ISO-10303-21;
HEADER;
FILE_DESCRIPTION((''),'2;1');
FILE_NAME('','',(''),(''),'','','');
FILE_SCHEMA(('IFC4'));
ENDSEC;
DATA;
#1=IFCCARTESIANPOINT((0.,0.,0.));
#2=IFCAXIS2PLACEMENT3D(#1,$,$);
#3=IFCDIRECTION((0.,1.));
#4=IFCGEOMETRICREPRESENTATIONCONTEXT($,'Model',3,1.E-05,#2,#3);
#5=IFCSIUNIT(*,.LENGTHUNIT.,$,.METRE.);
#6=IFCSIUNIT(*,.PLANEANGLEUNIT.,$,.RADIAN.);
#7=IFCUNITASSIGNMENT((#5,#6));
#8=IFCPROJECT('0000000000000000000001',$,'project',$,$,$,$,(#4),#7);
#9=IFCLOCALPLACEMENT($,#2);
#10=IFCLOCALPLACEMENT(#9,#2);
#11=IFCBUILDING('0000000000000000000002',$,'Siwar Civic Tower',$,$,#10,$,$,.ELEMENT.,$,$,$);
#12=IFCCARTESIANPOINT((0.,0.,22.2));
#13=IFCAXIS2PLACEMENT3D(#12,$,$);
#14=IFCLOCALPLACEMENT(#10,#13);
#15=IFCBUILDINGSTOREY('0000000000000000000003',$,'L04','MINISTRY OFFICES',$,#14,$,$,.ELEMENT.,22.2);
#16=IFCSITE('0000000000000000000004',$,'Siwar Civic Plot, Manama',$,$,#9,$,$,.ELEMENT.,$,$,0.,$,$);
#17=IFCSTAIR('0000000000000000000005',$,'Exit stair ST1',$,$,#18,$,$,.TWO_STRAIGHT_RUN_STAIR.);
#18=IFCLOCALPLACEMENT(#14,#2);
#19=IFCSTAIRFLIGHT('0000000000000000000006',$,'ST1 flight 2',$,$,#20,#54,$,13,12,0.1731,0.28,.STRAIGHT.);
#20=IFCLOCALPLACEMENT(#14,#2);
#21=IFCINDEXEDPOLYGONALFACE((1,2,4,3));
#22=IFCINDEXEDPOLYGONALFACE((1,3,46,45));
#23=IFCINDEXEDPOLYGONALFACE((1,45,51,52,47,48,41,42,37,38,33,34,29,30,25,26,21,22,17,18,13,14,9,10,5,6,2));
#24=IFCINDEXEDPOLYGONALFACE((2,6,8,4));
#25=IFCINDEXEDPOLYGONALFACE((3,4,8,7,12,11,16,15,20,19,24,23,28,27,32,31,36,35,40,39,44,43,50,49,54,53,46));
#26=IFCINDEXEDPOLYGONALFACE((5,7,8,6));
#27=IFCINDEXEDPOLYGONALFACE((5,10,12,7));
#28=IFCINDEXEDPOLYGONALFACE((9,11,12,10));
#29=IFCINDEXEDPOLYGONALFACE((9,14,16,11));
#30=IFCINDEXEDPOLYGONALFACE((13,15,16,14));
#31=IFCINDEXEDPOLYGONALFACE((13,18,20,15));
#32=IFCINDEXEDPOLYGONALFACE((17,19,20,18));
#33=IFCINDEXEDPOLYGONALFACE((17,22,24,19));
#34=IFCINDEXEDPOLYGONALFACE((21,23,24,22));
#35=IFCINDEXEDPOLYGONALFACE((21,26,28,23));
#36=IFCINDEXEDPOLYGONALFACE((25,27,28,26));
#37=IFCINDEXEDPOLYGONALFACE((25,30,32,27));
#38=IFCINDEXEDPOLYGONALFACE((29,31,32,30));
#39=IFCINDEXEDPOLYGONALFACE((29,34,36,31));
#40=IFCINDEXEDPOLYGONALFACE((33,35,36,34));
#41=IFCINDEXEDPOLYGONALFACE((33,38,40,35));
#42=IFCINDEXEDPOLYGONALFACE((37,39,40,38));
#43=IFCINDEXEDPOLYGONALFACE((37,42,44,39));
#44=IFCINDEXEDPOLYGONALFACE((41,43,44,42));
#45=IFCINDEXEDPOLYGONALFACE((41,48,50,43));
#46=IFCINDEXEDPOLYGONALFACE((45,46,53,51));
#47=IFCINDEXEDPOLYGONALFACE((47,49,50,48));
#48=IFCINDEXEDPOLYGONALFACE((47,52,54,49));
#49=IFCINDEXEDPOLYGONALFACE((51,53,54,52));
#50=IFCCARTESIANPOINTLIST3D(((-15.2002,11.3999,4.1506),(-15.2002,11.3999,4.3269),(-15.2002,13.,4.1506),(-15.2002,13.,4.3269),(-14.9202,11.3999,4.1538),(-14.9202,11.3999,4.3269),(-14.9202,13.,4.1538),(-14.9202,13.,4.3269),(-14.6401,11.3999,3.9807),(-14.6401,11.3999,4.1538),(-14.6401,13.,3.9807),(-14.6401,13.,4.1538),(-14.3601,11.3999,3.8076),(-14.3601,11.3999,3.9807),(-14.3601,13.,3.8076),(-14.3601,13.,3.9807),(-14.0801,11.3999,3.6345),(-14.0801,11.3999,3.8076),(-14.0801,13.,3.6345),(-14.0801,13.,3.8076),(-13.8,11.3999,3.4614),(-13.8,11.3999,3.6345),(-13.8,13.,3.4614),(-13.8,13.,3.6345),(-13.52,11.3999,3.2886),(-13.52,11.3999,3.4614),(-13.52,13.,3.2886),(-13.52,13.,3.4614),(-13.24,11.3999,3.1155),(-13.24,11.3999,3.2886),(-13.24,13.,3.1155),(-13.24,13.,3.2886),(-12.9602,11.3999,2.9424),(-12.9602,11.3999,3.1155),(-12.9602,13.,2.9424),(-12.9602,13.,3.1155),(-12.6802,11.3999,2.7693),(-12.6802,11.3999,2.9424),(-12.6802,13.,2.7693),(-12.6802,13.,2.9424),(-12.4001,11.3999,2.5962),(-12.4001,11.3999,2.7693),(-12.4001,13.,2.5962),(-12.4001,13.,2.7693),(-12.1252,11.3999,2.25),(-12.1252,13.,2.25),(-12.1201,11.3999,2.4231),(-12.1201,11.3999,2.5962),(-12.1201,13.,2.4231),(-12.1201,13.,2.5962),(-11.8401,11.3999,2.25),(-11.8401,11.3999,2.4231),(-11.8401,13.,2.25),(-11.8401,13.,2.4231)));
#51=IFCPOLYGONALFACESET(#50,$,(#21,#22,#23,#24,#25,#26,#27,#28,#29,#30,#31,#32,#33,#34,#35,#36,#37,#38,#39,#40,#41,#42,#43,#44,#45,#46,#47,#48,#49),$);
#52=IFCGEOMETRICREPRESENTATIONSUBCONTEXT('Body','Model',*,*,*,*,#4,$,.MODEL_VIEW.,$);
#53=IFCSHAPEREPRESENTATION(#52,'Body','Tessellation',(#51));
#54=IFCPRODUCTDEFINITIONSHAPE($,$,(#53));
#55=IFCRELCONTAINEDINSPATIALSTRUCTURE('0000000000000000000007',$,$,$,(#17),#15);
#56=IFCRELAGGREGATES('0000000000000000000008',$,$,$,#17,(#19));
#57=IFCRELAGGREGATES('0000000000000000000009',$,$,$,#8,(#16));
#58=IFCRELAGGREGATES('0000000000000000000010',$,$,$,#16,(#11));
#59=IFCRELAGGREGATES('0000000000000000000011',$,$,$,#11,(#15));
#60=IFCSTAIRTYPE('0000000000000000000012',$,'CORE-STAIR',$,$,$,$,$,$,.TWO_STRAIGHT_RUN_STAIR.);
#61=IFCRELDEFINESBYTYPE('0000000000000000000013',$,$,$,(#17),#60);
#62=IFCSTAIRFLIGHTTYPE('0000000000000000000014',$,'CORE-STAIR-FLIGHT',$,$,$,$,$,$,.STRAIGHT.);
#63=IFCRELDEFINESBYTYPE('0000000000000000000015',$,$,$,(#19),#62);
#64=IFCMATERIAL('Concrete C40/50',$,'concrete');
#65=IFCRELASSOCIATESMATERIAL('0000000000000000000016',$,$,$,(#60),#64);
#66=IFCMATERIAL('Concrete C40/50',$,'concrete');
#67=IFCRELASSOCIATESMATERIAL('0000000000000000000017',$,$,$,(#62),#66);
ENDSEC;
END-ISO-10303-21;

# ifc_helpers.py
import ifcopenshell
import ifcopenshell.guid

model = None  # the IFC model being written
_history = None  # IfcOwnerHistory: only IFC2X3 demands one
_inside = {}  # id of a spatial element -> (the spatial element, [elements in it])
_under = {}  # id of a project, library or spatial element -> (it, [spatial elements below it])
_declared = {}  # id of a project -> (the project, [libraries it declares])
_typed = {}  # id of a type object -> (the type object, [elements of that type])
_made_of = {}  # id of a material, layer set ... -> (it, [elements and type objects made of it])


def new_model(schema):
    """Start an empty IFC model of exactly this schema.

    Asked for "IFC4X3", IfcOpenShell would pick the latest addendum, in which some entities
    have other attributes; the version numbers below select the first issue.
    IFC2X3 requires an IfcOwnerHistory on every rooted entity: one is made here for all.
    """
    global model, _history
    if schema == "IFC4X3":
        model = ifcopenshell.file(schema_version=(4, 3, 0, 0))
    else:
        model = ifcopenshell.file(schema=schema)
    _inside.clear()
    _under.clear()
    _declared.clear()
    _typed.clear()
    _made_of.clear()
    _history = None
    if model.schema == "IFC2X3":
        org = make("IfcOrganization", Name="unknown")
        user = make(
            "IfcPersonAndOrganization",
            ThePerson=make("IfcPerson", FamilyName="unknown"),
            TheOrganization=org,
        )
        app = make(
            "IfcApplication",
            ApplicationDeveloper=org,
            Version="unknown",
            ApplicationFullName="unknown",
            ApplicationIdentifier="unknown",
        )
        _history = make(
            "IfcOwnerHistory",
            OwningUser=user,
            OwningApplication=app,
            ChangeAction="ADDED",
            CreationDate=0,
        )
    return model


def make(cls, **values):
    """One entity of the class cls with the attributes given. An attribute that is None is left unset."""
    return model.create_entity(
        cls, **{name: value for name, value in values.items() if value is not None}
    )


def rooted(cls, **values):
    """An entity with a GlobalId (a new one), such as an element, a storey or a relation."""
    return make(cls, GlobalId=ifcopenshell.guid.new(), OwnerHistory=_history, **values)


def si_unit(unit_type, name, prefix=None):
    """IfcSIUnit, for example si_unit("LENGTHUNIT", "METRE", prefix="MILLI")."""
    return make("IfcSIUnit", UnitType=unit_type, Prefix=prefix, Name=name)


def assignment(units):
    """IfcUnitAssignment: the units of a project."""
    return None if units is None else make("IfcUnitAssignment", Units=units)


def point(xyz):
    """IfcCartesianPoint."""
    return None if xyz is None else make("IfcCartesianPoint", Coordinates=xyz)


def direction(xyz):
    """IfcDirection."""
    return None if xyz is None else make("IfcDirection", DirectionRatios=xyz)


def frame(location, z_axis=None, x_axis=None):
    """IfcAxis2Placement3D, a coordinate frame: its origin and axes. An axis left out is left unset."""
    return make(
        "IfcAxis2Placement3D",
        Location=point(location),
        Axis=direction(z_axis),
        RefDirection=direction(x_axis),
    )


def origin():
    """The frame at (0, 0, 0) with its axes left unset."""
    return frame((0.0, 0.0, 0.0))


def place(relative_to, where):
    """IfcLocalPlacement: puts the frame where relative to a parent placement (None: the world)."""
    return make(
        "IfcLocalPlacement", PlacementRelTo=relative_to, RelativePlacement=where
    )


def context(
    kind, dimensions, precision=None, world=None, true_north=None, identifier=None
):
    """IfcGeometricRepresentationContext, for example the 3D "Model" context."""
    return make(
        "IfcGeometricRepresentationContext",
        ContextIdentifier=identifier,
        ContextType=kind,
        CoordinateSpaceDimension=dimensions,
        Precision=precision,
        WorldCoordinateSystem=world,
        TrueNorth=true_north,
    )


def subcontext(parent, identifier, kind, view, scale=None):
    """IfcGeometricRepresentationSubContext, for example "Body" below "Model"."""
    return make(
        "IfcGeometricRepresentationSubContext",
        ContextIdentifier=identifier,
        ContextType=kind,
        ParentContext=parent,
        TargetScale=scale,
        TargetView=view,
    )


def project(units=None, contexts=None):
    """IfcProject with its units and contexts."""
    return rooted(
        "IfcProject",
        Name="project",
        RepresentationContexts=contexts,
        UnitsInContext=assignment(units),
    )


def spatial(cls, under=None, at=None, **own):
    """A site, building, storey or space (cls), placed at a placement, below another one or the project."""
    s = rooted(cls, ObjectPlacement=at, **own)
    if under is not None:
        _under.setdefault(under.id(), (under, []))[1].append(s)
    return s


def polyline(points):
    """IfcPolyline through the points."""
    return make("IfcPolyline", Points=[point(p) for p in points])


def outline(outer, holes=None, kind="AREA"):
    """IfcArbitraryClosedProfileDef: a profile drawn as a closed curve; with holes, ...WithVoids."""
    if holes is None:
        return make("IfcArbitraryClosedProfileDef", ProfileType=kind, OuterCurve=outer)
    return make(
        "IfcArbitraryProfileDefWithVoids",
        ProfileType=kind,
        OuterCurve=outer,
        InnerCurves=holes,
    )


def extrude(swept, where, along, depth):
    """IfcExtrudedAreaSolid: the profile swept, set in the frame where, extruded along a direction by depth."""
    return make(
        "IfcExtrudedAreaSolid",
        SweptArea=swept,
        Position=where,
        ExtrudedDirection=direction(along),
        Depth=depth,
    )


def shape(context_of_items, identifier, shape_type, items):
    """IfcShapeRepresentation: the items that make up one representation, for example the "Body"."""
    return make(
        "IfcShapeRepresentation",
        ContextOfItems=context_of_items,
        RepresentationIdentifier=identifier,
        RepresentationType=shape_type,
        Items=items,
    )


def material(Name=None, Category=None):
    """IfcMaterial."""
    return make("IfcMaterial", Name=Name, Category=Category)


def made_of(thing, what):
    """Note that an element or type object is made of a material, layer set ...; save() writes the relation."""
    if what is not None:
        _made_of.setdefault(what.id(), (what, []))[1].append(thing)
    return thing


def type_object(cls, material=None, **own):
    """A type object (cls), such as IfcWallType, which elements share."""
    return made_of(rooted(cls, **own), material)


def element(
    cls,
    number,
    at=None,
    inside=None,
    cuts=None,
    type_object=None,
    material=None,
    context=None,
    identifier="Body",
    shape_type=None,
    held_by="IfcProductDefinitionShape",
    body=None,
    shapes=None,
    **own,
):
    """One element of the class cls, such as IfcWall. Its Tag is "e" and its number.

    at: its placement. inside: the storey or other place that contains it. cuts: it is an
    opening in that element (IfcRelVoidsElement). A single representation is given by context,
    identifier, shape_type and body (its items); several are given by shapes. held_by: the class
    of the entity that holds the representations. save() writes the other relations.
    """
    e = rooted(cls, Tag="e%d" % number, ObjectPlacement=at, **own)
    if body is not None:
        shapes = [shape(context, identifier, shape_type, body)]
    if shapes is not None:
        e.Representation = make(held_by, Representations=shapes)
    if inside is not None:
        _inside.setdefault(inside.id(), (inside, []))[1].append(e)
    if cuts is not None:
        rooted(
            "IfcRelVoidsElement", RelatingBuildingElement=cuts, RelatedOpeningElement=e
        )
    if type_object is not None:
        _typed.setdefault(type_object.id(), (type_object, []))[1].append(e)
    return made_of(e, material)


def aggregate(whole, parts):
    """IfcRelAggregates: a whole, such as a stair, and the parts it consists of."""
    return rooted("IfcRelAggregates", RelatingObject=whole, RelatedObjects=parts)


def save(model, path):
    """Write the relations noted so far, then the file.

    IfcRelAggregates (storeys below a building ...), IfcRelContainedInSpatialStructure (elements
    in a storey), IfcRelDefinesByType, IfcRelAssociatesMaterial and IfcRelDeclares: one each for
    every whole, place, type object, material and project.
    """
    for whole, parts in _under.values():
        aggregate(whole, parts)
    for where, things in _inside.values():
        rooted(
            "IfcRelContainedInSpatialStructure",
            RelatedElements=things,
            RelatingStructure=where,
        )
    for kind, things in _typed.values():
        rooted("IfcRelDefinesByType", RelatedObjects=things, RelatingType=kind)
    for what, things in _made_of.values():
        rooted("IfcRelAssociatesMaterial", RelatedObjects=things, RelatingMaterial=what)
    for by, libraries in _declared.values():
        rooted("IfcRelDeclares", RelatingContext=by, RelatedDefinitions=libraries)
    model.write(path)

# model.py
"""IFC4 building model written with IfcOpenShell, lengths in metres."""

from ifc_helpers import new_model, si_unit, direction, frame, origin, place, context, subcontext, project, spatial, polyline, outline, extrude, material, type_object, element, aggregate, save


model = new_model("IFC4")

# Units and contexts
model_context = context("Model", 3, precision=1e-05, world=origin(), true_north=direction((0.0, 1.0)))
body_context = subcontext(model_context, "Body", "Model", "MODEL_VIEW")
ifc_project = project(units=[si_unit("LENGTHUNIT", "METRE"), si_unit("PLANEANGLEUNIT", "RADIAN")], contexts=[model_context])

# Site, building, storey
site_placement = place(None, origin())
site = spatial("IfcSite", under=ifc_project, at=site_placement, Name="Siwar Civic Plot, Manama", CompositionType="ELEMENT", RefElevation=0.0)
building_placement = place(site_placement, origin())
building = spatial("IfcBuilding", under=site, at=building_placement, Name="Siwar Civic Tower", CompositionType="ELEMENT")
storey_placement = place(building_placement, frame((0.0, 0.0, 22.2)))
storey = spatial("IfcBuildingStorey", under=building, at=storey_placement, Name="L04", Description="MINISTRY OFFICES", CompositionType="ELEMENT", Elevation=22.2)

# Stair, stair flight
ifc_material_1 = material(Name="Concrete C40/50", Category="concrete")
stair_type = type_object("IfcStairType", Name="CORE-STAIR", PredefinedType="TWO_STRAIGHT_RUN_STAIR", material=ifc_material_1)
stair_placement = place(storey_placement, origin())
stair = element("IfcStair", 1, at=stair_placement, inside=storey, type_object=stair_type, Name="Exit stair ST1", PredefinedType="TWO_STRAIGHT_RUN_STAIR")
ifc_material_2 = material(Name="Concrete C40/50", Category="concrete")
stair_flight_type = type_object("IfcStairFlightType", Name="CORE-STAIR-FLIGHT", PredefinedType="STRAIGHT", material=ifc_material_2)
stair_flight_1_placement = place(storey_placement, frame((-11.8401, 12.2, 2.25), z_axis=(0.0, 0.0, 1.0), x_axis=(-1.0, 0.0, 0.0)))
stair_flight_1 = element("IfcStairFlight", 2, at=stair_flight_1_placement, type_object=stair_flight_type, Name="ST1 flight 2", NumberOfRisers=13, NumberOfTreads=12, PredefinedType="STRAIGHT", RiserHeight=0.1731, TreadLength=0.28, context=body_context, shape_type="SweptSolid", body=[
    extrude(outline(polyline([(0.0, 0.0), (0.0, 0.1731), (0.28, 0.1731), (0.28, 0.3462), (0.5601, 0.3462), (0.5601, 0.5193), (0.8401, 0.5193), (0.8401, 0.6924), (1.1201, 0.6924), (1.1201, 0.8655), (1.3999, 0.8655), (1.3999, 1.0386), (1.6799, 1.0386), (1.6799, 1.2114), (1.96, 1.2114), (1.96, 1.3845), (2.24, 1.3845), (2.24, 1.5576), (2.52, 1.5576), (2.52, 1.7307), (2.8, 1.7307), (2.8, 1.9038), (3.0801, 1.9038), (3.0801, 2.0769), (3.3601, 2.0769), (3.3601, 2.25), (3.3601, 1.9006), (0.2852, 0.0), (0.0, 0.0)])), frame((0.0, 0.8, 0.0), z_axis=(0.0, -1.0, 0.0), x_axis=(1.0, 0.0, 0.0)), (0.0, 0.0, 1.0), 1.6001),
])
aggregate(stair, [stair_flight_1])

save(model, "model.ifc")
